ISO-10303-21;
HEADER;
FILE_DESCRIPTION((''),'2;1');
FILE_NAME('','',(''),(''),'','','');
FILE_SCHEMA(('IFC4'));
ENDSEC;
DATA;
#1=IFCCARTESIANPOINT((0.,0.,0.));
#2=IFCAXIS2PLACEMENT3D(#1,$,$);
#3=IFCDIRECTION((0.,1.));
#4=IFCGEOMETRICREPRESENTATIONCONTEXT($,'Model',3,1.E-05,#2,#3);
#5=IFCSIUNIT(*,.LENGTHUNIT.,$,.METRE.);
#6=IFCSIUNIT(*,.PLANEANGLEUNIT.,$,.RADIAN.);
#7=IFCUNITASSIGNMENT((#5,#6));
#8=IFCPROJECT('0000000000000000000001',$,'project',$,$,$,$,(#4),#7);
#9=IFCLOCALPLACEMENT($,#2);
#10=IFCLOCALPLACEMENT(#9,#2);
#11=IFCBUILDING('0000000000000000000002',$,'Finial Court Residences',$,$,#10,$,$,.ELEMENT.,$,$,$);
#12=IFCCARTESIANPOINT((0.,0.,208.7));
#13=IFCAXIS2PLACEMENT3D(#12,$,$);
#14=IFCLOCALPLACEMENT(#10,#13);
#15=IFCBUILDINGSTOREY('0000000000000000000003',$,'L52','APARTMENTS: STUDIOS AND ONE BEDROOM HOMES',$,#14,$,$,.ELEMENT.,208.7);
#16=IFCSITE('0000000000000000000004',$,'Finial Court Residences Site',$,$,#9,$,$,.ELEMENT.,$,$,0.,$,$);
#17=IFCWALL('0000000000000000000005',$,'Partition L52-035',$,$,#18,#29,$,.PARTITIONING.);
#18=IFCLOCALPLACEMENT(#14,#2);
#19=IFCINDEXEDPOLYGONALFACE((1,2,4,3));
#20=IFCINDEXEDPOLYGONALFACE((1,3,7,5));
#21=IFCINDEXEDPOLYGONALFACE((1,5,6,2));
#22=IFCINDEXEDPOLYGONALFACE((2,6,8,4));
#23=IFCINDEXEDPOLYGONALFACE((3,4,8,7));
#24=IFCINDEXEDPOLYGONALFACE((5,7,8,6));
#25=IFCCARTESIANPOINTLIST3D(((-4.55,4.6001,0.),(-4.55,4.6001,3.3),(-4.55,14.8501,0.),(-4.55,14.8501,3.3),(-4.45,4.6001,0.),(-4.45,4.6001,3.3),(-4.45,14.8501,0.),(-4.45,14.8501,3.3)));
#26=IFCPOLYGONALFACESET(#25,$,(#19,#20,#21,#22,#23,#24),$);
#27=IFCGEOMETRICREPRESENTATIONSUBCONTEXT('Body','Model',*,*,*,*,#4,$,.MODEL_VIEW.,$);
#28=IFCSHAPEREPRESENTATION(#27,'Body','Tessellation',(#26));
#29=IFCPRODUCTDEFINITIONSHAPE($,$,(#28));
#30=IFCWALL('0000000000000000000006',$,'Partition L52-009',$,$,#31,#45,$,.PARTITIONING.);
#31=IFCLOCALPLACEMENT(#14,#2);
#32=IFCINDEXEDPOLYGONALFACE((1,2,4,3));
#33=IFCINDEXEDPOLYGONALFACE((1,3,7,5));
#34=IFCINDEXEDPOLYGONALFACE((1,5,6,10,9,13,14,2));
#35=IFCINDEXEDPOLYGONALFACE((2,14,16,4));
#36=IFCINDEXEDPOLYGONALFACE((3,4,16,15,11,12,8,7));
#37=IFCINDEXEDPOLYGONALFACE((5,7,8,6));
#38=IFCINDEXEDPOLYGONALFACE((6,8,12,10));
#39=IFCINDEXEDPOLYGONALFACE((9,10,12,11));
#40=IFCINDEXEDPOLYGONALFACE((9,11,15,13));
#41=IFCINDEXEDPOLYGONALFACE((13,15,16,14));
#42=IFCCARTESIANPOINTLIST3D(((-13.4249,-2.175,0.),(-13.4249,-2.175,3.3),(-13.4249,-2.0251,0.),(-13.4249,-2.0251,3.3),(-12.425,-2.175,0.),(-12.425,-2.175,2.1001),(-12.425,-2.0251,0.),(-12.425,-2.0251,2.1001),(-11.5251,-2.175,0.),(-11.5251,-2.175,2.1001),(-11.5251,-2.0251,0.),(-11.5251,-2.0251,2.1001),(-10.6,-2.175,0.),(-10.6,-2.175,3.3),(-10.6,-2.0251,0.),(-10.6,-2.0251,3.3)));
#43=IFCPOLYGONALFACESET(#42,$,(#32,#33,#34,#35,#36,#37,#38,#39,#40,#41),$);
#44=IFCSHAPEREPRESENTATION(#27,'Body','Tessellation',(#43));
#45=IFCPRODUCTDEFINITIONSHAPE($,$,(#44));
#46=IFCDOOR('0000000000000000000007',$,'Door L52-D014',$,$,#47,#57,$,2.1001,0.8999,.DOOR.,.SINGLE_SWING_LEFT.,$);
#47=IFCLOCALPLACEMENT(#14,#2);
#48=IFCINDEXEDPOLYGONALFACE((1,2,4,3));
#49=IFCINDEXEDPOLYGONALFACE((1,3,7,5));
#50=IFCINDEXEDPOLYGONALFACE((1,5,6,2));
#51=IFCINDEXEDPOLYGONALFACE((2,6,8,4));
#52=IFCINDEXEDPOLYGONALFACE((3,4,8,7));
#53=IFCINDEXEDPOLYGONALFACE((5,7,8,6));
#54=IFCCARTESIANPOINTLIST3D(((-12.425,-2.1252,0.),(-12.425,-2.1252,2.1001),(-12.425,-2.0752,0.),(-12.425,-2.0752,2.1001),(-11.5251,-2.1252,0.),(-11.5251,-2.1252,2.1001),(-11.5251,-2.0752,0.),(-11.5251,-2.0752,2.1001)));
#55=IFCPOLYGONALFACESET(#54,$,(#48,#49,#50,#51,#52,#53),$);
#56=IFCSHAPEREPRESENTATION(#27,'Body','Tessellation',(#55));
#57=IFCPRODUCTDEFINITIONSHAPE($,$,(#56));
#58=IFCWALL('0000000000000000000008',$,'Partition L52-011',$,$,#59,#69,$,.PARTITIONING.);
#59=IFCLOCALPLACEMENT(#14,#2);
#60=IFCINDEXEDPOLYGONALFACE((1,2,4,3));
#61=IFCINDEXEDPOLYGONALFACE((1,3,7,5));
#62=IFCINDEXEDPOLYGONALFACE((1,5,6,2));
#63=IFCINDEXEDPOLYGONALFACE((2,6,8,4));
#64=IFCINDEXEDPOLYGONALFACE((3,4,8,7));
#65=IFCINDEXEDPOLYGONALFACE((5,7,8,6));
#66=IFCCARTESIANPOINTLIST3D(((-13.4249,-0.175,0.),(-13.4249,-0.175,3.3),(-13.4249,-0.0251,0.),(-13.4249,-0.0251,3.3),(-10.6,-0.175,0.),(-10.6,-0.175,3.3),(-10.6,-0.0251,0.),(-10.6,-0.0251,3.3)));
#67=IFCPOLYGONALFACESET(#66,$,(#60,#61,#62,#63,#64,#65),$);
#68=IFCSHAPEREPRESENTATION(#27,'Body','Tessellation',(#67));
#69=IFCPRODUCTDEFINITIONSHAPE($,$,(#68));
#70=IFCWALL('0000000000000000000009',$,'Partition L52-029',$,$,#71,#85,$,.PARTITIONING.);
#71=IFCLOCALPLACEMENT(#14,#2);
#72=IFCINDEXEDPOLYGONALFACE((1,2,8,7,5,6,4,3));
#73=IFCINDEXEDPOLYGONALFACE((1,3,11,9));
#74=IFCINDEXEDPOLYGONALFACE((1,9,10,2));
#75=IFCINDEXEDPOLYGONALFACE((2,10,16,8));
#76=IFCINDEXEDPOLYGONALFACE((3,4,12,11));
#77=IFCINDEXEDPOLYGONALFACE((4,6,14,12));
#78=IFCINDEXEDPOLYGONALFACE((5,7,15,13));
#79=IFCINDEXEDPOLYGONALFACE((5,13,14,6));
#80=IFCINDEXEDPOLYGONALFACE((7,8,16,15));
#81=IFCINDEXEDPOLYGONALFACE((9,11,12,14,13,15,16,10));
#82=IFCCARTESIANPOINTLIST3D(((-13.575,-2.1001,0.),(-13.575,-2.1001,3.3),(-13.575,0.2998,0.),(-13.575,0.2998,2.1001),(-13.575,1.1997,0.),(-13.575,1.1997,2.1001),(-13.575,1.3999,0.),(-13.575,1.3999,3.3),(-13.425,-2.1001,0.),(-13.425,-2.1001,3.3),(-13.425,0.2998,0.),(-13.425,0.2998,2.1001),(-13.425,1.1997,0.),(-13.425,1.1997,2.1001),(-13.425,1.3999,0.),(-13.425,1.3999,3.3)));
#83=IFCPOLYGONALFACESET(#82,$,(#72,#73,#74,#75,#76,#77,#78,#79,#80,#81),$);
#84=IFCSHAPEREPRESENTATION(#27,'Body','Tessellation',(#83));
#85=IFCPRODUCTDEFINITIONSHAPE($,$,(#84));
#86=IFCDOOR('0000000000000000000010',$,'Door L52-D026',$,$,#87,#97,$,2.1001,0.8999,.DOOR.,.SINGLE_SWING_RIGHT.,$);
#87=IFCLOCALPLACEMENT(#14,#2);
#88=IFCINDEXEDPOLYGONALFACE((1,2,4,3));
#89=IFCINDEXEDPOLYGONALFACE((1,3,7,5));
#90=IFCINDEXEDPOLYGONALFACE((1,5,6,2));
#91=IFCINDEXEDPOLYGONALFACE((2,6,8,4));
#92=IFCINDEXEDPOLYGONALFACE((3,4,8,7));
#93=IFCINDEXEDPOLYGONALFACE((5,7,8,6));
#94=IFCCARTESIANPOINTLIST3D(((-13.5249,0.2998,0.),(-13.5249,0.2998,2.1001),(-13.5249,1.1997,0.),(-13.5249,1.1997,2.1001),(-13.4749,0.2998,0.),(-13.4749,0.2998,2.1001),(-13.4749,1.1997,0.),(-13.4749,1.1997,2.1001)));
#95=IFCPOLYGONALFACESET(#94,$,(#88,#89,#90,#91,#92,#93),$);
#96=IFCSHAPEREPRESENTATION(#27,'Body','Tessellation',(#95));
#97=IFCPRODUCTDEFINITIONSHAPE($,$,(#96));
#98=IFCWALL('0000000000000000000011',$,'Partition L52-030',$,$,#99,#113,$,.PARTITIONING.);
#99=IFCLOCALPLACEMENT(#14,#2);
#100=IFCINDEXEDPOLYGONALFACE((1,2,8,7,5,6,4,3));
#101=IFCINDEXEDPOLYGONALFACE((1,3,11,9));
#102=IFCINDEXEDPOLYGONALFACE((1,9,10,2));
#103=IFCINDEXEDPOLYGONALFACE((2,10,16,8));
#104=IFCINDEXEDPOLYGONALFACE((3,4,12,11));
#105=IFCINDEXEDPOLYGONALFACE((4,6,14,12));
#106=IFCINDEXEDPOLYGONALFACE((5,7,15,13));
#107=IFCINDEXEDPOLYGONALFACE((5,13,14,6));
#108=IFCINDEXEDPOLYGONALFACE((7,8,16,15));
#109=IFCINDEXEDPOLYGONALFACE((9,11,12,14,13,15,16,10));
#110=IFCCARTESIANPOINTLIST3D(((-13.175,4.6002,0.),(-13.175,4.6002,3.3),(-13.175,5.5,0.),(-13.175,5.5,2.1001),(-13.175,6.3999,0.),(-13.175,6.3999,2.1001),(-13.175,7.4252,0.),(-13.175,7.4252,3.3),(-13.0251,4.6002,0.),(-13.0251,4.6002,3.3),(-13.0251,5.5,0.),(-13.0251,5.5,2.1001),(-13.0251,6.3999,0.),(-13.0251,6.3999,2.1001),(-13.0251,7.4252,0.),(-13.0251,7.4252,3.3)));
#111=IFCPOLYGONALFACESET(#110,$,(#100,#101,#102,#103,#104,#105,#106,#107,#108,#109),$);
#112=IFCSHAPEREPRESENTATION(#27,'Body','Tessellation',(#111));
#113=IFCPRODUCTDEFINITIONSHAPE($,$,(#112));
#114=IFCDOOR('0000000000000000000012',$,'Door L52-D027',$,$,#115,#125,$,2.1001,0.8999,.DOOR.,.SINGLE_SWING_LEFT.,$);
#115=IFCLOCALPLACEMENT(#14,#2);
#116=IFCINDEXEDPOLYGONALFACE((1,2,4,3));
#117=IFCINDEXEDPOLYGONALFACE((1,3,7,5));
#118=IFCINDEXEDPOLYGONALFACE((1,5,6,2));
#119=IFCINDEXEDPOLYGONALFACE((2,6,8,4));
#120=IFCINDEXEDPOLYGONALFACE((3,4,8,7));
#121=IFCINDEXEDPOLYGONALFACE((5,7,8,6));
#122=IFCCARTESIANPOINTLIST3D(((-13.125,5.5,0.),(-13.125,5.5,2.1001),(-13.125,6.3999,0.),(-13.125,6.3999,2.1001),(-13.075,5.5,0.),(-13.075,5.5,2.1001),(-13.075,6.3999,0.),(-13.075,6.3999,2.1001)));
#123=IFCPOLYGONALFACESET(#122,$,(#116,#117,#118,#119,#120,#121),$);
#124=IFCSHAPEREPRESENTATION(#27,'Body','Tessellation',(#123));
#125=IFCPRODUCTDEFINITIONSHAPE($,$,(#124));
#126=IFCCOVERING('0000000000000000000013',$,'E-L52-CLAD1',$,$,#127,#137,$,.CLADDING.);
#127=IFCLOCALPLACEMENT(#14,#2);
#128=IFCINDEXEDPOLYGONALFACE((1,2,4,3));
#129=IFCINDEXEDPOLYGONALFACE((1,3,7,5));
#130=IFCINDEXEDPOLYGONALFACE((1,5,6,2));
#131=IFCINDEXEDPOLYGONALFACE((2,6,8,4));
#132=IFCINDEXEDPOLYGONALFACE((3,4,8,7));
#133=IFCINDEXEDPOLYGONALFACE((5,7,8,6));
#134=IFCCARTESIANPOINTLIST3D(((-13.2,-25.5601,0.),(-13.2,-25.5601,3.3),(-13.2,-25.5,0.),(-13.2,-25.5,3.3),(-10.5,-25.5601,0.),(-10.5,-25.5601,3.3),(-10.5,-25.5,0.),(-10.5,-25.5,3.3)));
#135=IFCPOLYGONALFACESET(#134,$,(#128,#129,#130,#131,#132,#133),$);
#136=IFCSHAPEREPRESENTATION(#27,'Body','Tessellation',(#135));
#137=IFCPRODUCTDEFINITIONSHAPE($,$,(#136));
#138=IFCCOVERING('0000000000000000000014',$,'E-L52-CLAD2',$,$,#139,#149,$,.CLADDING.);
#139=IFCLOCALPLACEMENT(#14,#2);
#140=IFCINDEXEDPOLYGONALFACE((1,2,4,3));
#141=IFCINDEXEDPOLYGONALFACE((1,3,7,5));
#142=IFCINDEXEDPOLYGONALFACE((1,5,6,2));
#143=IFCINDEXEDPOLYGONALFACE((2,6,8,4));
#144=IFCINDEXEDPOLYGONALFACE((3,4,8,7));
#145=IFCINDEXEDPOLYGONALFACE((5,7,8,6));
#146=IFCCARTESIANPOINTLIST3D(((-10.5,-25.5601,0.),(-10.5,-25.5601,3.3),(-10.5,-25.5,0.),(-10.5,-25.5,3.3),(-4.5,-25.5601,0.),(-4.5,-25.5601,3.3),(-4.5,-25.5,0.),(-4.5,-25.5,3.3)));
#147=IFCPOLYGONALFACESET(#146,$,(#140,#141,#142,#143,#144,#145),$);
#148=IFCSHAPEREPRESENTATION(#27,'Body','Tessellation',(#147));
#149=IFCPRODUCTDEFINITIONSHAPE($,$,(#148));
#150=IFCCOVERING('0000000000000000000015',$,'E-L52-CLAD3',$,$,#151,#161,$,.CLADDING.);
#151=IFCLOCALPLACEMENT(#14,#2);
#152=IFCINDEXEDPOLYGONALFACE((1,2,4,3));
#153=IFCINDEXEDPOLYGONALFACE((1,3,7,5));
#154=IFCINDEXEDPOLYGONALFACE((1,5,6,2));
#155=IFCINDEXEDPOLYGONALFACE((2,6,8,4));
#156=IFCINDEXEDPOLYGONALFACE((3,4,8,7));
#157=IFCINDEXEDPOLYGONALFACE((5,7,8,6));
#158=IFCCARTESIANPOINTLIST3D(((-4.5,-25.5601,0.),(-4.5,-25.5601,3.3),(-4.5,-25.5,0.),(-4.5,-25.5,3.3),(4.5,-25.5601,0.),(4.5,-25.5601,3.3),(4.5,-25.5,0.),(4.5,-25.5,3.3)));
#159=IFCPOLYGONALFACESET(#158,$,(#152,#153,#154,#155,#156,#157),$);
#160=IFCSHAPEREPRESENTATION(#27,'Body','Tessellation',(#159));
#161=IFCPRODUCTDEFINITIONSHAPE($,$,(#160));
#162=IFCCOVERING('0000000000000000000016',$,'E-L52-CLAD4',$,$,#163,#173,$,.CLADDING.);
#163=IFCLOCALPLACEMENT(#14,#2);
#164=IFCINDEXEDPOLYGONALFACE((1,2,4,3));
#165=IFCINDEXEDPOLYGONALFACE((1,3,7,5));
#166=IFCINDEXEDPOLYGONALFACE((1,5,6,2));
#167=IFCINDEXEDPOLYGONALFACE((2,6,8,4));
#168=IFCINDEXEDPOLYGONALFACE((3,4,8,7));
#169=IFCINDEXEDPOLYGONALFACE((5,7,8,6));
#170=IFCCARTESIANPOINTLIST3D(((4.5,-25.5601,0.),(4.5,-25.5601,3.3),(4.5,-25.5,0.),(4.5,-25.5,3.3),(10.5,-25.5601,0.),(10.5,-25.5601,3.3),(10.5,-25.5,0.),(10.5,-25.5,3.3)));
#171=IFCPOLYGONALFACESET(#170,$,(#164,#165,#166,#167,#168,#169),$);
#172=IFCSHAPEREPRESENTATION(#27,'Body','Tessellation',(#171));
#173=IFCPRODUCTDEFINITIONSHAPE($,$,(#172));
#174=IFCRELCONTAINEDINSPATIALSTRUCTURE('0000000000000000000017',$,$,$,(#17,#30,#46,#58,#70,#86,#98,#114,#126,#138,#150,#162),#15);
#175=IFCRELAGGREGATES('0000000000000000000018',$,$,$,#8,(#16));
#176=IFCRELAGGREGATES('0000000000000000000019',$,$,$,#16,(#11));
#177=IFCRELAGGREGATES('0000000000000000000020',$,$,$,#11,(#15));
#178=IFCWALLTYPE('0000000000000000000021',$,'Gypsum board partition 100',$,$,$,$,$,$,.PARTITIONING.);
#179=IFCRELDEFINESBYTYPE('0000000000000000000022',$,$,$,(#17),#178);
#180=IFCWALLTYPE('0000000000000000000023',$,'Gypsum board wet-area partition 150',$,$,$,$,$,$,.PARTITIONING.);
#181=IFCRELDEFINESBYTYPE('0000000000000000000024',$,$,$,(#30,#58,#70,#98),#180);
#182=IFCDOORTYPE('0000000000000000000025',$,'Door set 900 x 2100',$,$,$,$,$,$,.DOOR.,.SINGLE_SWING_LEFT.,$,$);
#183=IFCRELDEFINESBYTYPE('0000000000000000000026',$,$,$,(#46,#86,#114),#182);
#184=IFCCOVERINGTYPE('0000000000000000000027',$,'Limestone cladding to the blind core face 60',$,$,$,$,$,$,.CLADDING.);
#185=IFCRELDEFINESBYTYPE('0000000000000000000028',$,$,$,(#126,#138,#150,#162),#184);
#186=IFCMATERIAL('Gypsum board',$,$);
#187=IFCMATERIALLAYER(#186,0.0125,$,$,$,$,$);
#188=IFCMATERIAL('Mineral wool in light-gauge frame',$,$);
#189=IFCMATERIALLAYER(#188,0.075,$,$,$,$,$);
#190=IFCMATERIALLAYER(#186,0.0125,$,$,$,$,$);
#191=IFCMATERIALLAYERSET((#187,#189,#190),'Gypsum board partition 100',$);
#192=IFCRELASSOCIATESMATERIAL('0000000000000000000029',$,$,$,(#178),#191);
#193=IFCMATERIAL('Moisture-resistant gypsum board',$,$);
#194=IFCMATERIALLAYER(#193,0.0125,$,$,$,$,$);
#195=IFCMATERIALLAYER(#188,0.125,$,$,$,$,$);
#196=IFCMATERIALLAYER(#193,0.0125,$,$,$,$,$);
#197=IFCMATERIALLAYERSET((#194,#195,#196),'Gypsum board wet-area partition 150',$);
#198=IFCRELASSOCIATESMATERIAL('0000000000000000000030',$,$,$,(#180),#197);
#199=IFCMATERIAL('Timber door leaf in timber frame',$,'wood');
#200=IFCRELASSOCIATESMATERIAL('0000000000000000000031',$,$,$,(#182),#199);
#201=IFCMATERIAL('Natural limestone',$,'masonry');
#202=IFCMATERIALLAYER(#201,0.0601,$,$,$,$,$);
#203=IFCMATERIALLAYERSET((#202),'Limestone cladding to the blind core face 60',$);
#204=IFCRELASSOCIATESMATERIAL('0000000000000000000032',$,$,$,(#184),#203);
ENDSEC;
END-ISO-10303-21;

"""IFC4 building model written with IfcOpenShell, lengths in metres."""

from ifc_helpers import new_model, si_unit, direction, frame, frame_2d, origin, place, context, subcontext, project, spatial, polyline, rectangle, outline, extrude, material, layer, layer_set, type_object, element, fill, save


model = new_model("IFC4")

# Units and contexts
model_context = context("Model", 3, precision=1e-05, world=origin(), true_north=direction((0.0, 1.0)))
body_context = subcontext(model_context, "Body", "Model", "MODEL_VIEW")
ifc_project = project(units=[si_unit("LENGTHUNIT", "METRE"), si_unit("PLANEANGLEUNIT", "RADIAN")], contexts=[model_context])

# Site, building, storey
site_placement = place(None, origin())
site = spatial("IfcSite", under=ifc_project, at=site_placement, Name="Finial Court Residences Site", CompositionType="ELEMENT", RefElevation=0.0)
building_placement = place(site_placement, origin())
building = spatial("IfcBuilding", under=site, at=building_placement, Name="Finial Court Residences", CompositionType="ELEMENT")
storey_placement = place(building_placement, frame((0.0, 0.0, 208.7)))
storey = spatial("IfcBuildingStorey", under=building, at=storey_placement, Name="L52", Description="APARTMENTS: STUDIOS AND ONE BEDROOM HOMES", CompositionType="ELEMENT", Elevation=208.7)

# Wall
ifc_material_1 = material(Name="Gypsum board")
ifc_layer_1 = layer(ifc_material_1, 0.0125)
ifc_material_2 = material(Name="Mineral wool in light-gauge frame")
ifc_layer_2 = layer(ifc_material_2, 0.075)
ifc_layer_3 = layer(ifc_material_1, 0.0125)
ifc_layer_set_1 = layer_set([ifc_layer_1, ifc_layer_2, ifc_layer_3], Name="Gypsum board partition 100")
wall_type_1 = type_object("IfcWallType", Name="Gypsum board partition 100", PredefinedType="PARTITIONING", material=ifc_layer_set_1)
wall_1_placement = place(storey_placement, frame((-4.5, 4.6001, 0.0), z_axis=(0.0, 0.0, 1.0), x_axis=(0.0, 1.0, 0.0)))
element("IfcWall", 1, at=wall_1_placement, inside=storey, type_object=wall_type_1, Name="Partition L52-035", PredefinedType="PARTITIONING", context=body_context, shape_type="SweptSolid", body=[
    extrude(rectangle(XDim=10.25, YDim=0.1001, at=frame_2d((5.125, 0.0))), origin(), (0.0, 0.0, 1.0), 3.3),
])

# Wall, opening, door
ifc_material_3 = material(Name="Moisture-resistant gypsum board")
ifc_layer_4 = layer(ifc_material_3, 0.0125)
ifc_layer_5 = layer(ifc_material_2, 0.125)
ifc_layer_6 = layer(ifc_material_3, 0.0125)
ifc_layer_set_2 = layer_set([ifc_layer_4, ifc_layer_5, ifc_layer_6], Name="Gypsum board wet-area partition 150")
wall_type_2 = type_object("IfcWallType", Name="Gypsum board wet-area partition 150", PredefinedType="PARTITIONING", material=ifc_layer_set_2)
wall_2_placement = place(storey_placement, frame((-13.425, -2.1001, 0.0), z_axis=(0.0, 0.0, 1.0), x_axis=(1.0, 0.0, 0.0)))
wall_2 = element("IfcWall", 2, at=wall_2_placement, inside=storey, type_object=wall_type_2, Name="Partition L52-009", PredefinedType="PARTITIONING", context=body_context, shape_type="SweptSolid", body=[
    extrude(rectangle(XDim=2.825, YDim=0.1499, at=frame_2d((1.4126, 0.0))), origin(), (0.0, 0.0, 1.0), 3.3),
])
opening_1_placement = place(wall_2_placement, frame((1.0, 0.0, 0.0)))
opening_1 = element("IfcOpeningElement", 3, at=opening_1_placement, cuts=wall_2, PredefinedType="OPENING", context=body_context, shape_type="SweptSolid", body=[
    extrude(rectangle(XDim=0.8999, YDim=2.1001, at=frame_2d((0.45, 1.05))), frame((0.0, 0.085, 0.0), z_axis=(0.0, -1.0, 0.0), x_axis=(1.0, 0.0, 0.0)), (0.0, 0.0, 1.0), 0.1699),
])
ifc_material_4 = material(Name="Timber door leaf in timber frame", Category="wood")
door_type = type_object("IfcDoorType", Name="Door set 900 x 2100", OperationType="SINGLE_SWING_LEFT", PredefinedType="DOOR", material=ifc_material_4)
door_1_placement = place(opening_1_placement, origin())
door_1 = element("IfcDoor", 4, at=door_1_placement, inside=storey, type_object=door_type, Name="Door L52-D014", OperationType="SINGLE_SWING_LEFT", OverallHeight=2.1001, OverallWidth=0.8999, PredefinedType="DOOR", context=body_context, shape_type="SweptSolid", body=[
    extrude(rectangle(XDim=0.8999, YDim=2.1001, at=frame_2d((0.45, 1.05))), frame((0.0, 0.0249, 0.0), z_axis=(0.0, -1.0, 0.0), x_axis=(1.0, 0.0, 0.0)), (0.0, 0.0, 1.0), 0.05),
])
fill(opening_1, door_1)

# Wall
wall_3_placement = place(storey_placement, frame((-13.425, -0.1001, 0.0), z_axis=(0.0, 0.0, 1.0), x_axis=(1.0, 0.0, 0.0)))
element("IfcWall", 5, at=wall_3_placement, inside=storey, type_object=wall_type_2, Name="Partition L52-011", PredefinedType="PARTITIONING", context=body_context, shape_type="SweptSolid", body=[
    extrude(rectangle(XDim=2.825, YDim=0.1499, at=frame_2d((1.4126, 0.0))), origin(), (0.0, 0.0, 1.0), 3.3),
])

# Walls, openings, doors
wall_4_placement = place(storey_placement, frame((-13.5, -2.1001, 0.0), z_axis=(0.0, 0.0, 1.0), x_axis=(0.0, 1.0, 0.0)))
wall_4 = element("IfcWall", 6, at=wall_4_placement, inside=storey, type_object=wall_type_2, Name="Partition L52-029", PredefinedType="PARTITIONING", context=body_context, shape_type="SweptSolid", body=[
    extrude(rectangle(XDim=3.5, YDim=0.1499, at=frame_2d((1.75, 0.0))), origin(), (0.0, 0.0, 1.0), 3.3),
])
opening_2_placement = place(wall_4_placement, frame((2.3999, 0.0, 0.0)))
opening_2 = element("IfcOpeningElement", 7, at=opening_2_placement, cuts=wall_4, PredefinedType="OPENING", context=body_context, shape_type="SweptSolid", body=[
    extrude(rectangle(XDim=0.8999, YDim=2.1001, at=frame_2d((0.45, 1.05))), frame((0.0, 0.085, 0.0), z_axis=(0.0, -1.0, 0.0), x_axis=(1.0, 0.0, 0.0)), (0.0, 0.0, 1.0), 0.1699),
])
door_2_placement = place(opening_2_placement, origin())
door_2 = element("IfcDoor", 8, at=door_2_placement, inside=storey, type_object=door_type, Name="Door L52-D026", OperationType="SINGLE_SWING_RIGHT", OverallHeight=2.1001, OverallWidth=0.8999, PredefinedType="DOOR", context=body_context, shape_type="SweptSolid", body=[
    extrude(rectangle(XDim=0.8999, YDim=2.1001, at=frame_2d((0.45, 1.05))), frame((0.0, 0.0249, 0.0), z_axis=(0.0, -1.0, 0.0), x_axis=(1.0, 0.0, 0.0)), (0.0, 0.0, 1.0), 0.05),
])
fill(opening_2, door_2)
wall_5_placement = place(storey_placement, frame((-13.1001, 4.6001, 0.0), z_axis=(0.0, 0.0, 1.0), x_axis=(0.0, 1.0, 0.0)))
wall_5 = element("IfcWall", 9, at=wall_5_placement, inside=storey, type_object=wall_type_2, Name="Partition L52-030", PredefinedType="PARTITIONING", context=body_context, shape_type="SweptSolid", body=[
    extrude(rectangle(XDim=2.825, YDim=0.1499, at=frame_2d((1.4126, 0.0))), origin(), (0.0, 0.0, 1.0), 3.3),
])
opening_3_placement = place(wall_5_placement, frame((0.8999, 0.0, 0.0)))
opening_3 = element("IfcOpeningElement", 10, at=opening_3_placement, cuts=wall_5, PredefinedType="OPENING", context=body_context, shape_type="SweptSolid", body=[
    extrude(rectangle(XDim=0.8999, YDim=2.1001, at=frame_2d((0.45, 1.05))), frame((0.0, 0.085, 0.0), z_axis=(0.0, -1.0, 0.0), x_axis=(1.0, 0.0, 0.0)), (0.0, 0.0, 1.0), 0.1699),
])
door_3_placement = place(opening_3_placement, origin())
door_3 = element("IfcDoor", 11, at=door_3_placement, inside=storey, type_object=door_type, Name="Door L52-D027", OperationType="SINGLE_SWING_LEFT", OverallHeight=2.1001, OverallWidth=0.8999, PredefinedType="DOOR", context=body_context, shape_type="SweptSolid", body=[
    extrude(rectangle(XDim=0.8999, YDim=2.1001, at=frame_2d((0.45, 1.05))), frame((0.0, 0.0249, 0.0), z_axis=(0.0, -1.0, 0.0), x_axis=(1.0, 0.0, 0.0)), (0.0, 0.0, 1.0), 0.05),
])
fill(opening_3, door_3)

# Coverings
ifc_material_5 = material(Name="Natural limestone", Category="masonry")
ifc_layer_7 = layer(ifc_material_5, 0.0601)
ifc_layer_set_3 = layer_set([ifc_layer_7], Name="Limestone cladding to the blind core face 60")
covering_type = type_object("IfcCoveringType", Name="Limestone cladding to the blind core face 60", PredefinedType="CLADDING", material=ifc_layer_set_3)
covering_1_placement = place(storey_placement, origin())
element("IfcCovering", 12, at=covering_1_placement, inside=storey, type_object=covering_type, Name="E-L52-CLAD1", PredefinedType="CLADDING", context=body_context, shape_type="SweptSolid", body=[
    extrude(outline(polyline([(-10.5, -25.5601), (-10.5, -25.5), (-13.2, -25.5), (-13.2, -25.5601), (-10.5, -25.5601)])), origin(), (0.0, 0.0, 1.0), 3.3),
])
covering_2_placement = place(storey_placement, origin())
element("IfcCovering", 13, at=covering_2_placement, inside=storey, type_object=covering_type, Name="E-L52-CLAD2", PredefinedType="CLADDING", context=body_context, shape_type="SweptSolid", body=[
    extrude(outline(polyline([(-4.5, -25.5601), (-4.5, -25.5), (-10.5, -25.5), (-10.5, -25.5601), (-4.5, -25.5601)])), origin(), (0.0, 0.0, 1.0), 3.3),
])
covering_3_placement = place(storey_placement, origin())
element("IfcCovering", 14, at=covering_3_placement, inside=storey, type_object=covering_type, Name="E-L52-CLAD3", PredefinedType="CLADDING", context=body_context, shape_type="SweptSolid", body=[
    extrude(outline(polyline([(4.5, -25.5601), (4.5, -25.5), (-4.5, -25.5), (-4.5, -25.5601), (4.5, -25.5601)])), origin(), (0.0, 0.0, 1.0), 3.3),
])
covering_4_placement = place(storey_placement, origin())
element("IfcCovering", 15, at=covering_4_placement, inside=storey, type_object=covering_type, Name="E-L52-CLAD4", PredefinedType="CLADDING", context=body_context, shape_type="SweptSolid", body=[
    extrude(outline(polyline([(10.5, -25.5601), (10.5, -25.5), (4.5, -25.5), (4.5, -25.5601), (10.5, -25.5601)])), origin(), (0.0, 0.0, 1.0), 3.3),
])

save(model, "model.ifc")
